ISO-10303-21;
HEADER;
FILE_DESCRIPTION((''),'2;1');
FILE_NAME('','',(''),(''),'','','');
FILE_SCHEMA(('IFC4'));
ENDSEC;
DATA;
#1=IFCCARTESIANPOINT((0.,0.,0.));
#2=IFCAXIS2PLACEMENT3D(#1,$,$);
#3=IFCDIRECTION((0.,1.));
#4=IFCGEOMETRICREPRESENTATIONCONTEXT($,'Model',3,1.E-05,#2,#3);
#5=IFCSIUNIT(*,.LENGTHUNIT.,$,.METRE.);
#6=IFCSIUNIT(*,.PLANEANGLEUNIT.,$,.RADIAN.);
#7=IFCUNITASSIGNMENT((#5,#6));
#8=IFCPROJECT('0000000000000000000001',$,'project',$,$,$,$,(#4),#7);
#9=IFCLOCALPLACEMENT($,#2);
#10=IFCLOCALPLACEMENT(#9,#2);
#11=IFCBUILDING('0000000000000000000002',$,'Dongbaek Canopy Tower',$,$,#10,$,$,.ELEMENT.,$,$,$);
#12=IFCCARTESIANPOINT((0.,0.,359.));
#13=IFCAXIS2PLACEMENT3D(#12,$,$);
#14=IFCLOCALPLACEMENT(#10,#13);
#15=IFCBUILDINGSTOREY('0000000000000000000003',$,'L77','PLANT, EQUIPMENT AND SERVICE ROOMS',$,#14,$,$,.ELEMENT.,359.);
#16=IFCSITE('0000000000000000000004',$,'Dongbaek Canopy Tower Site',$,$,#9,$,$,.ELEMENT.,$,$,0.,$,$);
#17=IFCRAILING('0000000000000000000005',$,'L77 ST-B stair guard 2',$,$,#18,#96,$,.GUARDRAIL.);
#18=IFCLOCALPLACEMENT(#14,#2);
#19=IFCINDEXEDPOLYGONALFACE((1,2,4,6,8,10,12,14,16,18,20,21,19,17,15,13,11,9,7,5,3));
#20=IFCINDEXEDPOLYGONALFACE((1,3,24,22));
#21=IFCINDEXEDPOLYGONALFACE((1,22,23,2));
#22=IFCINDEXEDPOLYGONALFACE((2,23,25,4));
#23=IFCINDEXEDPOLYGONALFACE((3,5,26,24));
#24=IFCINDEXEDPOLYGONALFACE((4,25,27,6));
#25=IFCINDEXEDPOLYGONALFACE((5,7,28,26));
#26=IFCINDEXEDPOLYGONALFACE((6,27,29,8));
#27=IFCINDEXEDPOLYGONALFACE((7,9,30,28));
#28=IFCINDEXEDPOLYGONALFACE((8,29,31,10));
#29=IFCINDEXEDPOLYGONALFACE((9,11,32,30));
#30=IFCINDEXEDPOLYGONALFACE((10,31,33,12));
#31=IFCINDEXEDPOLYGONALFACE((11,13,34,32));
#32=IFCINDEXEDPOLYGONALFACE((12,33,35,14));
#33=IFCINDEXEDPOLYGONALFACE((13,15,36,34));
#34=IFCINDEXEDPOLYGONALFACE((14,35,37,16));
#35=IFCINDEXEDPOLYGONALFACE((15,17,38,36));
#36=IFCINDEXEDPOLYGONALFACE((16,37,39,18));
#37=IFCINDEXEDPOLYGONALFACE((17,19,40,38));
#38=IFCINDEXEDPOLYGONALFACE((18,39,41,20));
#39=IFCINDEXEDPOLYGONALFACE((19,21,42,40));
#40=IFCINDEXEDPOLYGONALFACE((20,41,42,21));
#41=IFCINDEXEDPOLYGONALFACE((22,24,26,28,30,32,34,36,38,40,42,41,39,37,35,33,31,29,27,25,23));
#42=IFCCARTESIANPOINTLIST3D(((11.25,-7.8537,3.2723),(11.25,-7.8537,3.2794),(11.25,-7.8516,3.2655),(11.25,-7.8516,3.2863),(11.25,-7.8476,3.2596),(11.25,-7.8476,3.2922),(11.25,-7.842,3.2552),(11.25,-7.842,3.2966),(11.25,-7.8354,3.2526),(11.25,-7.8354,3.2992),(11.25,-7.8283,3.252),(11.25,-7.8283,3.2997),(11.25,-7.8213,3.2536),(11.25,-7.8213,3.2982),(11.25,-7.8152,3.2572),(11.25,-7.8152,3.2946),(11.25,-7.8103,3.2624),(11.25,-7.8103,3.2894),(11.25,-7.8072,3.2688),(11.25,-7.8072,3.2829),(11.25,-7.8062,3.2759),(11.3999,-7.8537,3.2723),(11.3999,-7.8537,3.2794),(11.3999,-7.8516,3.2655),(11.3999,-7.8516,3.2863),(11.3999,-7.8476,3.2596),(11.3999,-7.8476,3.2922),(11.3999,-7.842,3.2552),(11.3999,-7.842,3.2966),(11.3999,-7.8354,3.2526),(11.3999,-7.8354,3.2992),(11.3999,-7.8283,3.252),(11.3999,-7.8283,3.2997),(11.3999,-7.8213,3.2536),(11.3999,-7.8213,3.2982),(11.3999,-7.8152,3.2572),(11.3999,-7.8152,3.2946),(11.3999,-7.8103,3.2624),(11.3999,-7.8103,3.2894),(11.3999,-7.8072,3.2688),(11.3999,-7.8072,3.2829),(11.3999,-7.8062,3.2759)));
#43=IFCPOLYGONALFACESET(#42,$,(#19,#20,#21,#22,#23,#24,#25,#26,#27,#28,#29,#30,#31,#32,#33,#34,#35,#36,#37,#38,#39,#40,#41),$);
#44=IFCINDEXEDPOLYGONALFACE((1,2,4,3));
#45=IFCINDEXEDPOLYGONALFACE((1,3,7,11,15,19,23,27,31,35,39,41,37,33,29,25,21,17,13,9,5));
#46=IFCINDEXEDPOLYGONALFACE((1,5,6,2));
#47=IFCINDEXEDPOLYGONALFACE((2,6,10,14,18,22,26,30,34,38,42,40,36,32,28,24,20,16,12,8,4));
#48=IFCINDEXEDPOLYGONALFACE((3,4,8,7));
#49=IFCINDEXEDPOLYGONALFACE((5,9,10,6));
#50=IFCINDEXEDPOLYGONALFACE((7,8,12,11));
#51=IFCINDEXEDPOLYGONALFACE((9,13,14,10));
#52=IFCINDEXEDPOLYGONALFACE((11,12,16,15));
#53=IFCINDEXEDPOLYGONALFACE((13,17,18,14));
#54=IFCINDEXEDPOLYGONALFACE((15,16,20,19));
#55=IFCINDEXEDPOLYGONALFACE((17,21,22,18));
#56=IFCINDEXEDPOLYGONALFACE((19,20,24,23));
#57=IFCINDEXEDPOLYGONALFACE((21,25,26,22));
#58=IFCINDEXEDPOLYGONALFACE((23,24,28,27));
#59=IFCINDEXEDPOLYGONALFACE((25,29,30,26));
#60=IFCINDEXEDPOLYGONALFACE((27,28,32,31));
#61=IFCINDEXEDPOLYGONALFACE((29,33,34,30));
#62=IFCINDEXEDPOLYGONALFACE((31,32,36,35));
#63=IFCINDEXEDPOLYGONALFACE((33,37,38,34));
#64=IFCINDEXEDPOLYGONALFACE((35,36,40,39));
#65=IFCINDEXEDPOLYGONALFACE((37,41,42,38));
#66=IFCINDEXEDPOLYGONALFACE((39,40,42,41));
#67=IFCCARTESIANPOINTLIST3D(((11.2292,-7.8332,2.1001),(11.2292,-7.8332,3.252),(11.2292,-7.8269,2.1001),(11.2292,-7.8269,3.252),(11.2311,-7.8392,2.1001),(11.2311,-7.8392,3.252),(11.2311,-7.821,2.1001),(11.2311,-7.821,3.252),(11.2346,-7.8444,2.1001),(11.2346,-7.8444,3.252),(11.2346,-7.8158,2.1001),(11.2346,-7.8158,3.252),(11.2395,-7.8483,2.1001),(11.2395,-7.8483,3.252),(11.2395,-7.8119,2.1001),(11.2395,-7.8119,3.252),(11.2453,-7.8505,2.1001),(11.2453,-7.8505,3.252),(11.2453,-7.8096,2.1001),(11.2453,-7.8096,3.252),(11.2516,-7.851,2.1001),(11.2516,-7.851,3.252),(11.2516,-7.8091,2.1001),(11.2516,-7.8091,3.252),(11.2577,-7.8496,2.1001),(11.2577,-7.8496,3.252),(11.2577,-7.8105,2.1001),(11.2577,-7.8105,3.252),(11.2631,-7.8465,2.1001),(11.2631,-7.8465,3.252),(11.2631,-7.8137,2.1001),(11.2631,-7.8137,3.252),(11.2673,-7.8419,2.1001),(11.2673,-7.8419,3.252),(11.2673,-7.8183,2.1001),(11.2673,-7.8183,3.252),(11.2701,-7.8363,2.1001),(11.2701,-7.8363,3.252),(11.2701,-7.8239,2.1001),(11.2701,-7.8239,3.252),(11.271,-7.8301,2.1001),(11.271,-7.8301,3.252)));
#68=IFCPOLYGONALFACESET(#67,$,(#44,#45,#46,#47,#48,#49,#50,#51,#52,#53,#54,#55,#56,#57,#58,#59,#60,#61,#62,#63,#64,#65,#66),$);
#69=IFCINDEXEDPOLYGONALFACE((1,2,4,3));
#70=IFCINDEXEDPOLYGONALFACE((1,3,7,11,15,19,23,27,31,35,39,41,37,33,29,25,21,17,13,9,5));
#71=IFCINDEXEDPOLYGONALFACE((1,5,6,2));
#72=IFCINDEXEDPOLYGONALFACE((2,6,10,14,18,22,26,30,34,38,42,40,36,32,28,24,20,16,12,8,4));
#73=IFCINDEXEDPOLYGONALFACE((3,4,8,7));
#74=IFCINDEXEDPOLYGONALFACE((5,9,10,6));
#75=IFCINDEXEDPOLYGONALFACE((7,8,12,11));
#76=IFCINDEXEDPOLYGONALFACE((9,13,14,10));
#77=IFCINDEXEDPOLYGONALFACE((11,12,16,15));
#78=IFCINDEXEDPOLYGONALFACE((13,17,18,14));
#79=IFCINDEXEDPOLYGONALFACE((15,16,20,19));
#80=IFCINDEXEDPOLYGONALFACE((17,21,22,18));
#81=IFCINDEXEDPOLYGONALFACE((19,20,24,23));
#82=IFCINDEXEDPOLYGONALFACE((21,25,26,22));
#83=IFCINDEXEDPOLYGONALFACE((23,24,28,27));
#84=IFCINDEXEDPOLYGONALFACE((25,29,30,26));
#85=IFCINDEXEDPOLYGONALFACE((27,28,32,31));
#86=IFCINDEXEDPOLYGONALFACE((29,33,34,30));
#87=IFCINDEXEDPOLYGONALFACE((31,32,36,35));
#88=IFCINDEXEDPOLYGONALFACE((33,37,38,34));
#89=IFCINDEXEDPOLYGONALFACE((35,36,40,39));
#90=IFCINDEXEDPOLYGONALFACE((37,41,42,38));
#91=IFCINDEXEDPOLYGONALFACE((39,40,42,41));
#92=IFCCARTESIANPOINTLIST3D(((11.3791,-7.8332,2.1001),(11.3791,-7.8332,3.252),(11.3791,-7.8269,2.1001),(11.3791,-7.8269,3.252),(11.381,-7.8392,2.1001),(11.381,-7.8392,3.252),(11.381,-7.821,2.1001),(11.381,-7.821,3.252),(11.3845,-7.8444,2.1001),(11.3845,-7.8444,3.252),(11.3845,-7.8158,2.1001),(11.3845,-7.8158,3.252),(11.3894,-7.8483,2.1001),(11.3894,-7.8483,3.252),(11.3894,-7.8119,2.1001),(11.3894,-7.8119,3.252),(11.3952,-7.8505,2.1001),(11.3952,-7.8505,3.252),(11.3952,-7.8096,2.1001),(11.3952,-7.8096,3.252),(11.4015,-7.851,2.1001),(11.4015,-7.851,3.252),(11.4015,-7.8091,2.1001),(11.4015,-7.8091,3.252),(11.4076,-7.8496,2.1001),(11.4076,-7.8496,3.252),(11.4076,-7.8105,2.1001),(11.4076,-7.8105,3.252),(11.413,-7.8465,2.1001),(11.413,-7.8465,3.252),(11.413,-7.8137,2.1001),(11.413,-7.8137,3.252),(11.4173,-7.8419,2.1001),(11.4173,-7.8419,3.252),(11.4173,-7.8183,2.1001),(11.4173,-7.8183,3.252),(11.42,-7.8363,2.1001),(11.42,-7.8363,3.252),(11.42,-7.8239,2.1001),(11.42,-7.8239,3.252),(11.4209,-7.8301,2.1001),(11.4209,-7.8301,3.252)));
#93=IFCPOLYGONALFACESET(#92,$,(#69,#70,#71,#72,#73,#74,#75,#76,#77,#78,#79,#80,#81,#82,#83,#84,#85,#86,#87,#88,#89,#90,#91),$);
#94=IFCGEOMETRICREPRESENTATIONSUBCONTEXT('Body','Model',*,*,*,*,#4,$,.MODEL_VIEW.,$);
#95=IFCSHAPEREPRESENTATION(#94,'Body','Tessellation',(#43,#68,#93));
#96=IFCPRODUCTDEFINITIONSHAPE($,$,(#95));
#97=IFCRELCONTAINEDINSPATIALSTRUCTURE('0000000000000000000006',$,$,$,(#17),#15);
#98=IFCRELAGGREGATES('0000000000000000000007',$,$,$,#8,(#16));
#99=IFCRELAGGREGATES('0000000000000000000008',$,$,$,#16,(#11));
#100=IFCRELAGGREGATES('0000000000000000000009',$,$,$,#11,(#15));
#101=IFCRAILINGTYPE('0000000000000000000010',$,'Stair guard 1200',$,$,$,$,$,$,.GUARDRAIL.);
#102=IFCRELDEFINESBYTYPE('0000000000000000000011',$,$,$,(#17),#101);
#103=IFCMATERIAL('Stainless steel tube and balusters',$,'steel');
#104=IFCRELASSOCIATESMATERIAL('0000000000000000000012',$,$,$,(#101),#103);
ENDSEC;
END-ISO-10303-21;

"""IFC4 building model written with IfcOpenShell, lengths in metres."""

from ifc_helpers import new_model, si_unit, direction, frame, origin, origin_2d, place, context, subcontext, project, spatial, circle, extrude, material, type_object, element, save


model = new_model("IFC4")

# Units and contexts
model_context = context("Model", 3, precision=1e-05, world=origin(), true_north=direction((0.0, 1.0)))
body_context = subcontext(model_context, "Body", "Model", "MODEL_VIEW")
ifc_project = project(units=[si_unit("LENGTHUNIT", "METRE"), si_unit("PLANEANGLEUNIT", "RADIAN")], contexts=[model_context])

# Site, building, storey
site_placement = place(None, origin())
site = spatial("IfcSite", under=ifc_project, at=site_placement, Name="Dongbaek Canopy Tower Site", CompositionType="ELEMENT", RefElevation=0.0)
building_placement = place(site_placement, origin())
building = spatial("IfcBuilding", under=site, at=building_placement, Name="Dongbaek Canopy Tower", CompositionType="ELEMENT")
storey_placement = place(building_placement, frame((0.0, 0.0, 359.0)))
storey = spatial("IfcBuildingStorey", under=building, at=storey_placement, Name="L77", Description="PLANT, EQUIPMENT AND SERVICE ROOMS", CompositionType="ELEMENT", Elevation=359.0)

# Railing
ifc_material_1 = material(Name="Stainless steel tube and balusters", Category="steel")
railing_type_1 = type_object("IfcRailingType", Name="Stair guard 1200", PredefinedType="GUARDRAIL", material=ifc_material_1)
railing_1_placement = place(storey_placement, frame((11.25, -7.8301, 2.1001)))
element("IfcRailing", 1, at=railing_1_placement, inside=storey, type_object=railing_type_1, Name="L77 ST-B stair guard 2", PredefinedType="GUARDRAIL", context=body_context, shape_type="SweptSolid", body=[
    extrude(circle(Radius=0.0239, at=origin_2d()), frame((0.0, 0.0, 1.1758), z_axis=(1.0, 0.0, 0.0), x_axis=(0.0, 1.0, 0.0)), (0.0, 0.0, 1.0), 0.1499),
    extrude(circle(Radius=0.021, at=origin_2d()), origin(), (0.0, 0.0, 1.0), 1.1519),
    extrude(circle(Radius=0.021, at=origin_2d()), frame((0.1499, 0.0, 0.0)), (0.0, 0.0, 1.0), 1.1519),
])

save(model, "model.ifc")
